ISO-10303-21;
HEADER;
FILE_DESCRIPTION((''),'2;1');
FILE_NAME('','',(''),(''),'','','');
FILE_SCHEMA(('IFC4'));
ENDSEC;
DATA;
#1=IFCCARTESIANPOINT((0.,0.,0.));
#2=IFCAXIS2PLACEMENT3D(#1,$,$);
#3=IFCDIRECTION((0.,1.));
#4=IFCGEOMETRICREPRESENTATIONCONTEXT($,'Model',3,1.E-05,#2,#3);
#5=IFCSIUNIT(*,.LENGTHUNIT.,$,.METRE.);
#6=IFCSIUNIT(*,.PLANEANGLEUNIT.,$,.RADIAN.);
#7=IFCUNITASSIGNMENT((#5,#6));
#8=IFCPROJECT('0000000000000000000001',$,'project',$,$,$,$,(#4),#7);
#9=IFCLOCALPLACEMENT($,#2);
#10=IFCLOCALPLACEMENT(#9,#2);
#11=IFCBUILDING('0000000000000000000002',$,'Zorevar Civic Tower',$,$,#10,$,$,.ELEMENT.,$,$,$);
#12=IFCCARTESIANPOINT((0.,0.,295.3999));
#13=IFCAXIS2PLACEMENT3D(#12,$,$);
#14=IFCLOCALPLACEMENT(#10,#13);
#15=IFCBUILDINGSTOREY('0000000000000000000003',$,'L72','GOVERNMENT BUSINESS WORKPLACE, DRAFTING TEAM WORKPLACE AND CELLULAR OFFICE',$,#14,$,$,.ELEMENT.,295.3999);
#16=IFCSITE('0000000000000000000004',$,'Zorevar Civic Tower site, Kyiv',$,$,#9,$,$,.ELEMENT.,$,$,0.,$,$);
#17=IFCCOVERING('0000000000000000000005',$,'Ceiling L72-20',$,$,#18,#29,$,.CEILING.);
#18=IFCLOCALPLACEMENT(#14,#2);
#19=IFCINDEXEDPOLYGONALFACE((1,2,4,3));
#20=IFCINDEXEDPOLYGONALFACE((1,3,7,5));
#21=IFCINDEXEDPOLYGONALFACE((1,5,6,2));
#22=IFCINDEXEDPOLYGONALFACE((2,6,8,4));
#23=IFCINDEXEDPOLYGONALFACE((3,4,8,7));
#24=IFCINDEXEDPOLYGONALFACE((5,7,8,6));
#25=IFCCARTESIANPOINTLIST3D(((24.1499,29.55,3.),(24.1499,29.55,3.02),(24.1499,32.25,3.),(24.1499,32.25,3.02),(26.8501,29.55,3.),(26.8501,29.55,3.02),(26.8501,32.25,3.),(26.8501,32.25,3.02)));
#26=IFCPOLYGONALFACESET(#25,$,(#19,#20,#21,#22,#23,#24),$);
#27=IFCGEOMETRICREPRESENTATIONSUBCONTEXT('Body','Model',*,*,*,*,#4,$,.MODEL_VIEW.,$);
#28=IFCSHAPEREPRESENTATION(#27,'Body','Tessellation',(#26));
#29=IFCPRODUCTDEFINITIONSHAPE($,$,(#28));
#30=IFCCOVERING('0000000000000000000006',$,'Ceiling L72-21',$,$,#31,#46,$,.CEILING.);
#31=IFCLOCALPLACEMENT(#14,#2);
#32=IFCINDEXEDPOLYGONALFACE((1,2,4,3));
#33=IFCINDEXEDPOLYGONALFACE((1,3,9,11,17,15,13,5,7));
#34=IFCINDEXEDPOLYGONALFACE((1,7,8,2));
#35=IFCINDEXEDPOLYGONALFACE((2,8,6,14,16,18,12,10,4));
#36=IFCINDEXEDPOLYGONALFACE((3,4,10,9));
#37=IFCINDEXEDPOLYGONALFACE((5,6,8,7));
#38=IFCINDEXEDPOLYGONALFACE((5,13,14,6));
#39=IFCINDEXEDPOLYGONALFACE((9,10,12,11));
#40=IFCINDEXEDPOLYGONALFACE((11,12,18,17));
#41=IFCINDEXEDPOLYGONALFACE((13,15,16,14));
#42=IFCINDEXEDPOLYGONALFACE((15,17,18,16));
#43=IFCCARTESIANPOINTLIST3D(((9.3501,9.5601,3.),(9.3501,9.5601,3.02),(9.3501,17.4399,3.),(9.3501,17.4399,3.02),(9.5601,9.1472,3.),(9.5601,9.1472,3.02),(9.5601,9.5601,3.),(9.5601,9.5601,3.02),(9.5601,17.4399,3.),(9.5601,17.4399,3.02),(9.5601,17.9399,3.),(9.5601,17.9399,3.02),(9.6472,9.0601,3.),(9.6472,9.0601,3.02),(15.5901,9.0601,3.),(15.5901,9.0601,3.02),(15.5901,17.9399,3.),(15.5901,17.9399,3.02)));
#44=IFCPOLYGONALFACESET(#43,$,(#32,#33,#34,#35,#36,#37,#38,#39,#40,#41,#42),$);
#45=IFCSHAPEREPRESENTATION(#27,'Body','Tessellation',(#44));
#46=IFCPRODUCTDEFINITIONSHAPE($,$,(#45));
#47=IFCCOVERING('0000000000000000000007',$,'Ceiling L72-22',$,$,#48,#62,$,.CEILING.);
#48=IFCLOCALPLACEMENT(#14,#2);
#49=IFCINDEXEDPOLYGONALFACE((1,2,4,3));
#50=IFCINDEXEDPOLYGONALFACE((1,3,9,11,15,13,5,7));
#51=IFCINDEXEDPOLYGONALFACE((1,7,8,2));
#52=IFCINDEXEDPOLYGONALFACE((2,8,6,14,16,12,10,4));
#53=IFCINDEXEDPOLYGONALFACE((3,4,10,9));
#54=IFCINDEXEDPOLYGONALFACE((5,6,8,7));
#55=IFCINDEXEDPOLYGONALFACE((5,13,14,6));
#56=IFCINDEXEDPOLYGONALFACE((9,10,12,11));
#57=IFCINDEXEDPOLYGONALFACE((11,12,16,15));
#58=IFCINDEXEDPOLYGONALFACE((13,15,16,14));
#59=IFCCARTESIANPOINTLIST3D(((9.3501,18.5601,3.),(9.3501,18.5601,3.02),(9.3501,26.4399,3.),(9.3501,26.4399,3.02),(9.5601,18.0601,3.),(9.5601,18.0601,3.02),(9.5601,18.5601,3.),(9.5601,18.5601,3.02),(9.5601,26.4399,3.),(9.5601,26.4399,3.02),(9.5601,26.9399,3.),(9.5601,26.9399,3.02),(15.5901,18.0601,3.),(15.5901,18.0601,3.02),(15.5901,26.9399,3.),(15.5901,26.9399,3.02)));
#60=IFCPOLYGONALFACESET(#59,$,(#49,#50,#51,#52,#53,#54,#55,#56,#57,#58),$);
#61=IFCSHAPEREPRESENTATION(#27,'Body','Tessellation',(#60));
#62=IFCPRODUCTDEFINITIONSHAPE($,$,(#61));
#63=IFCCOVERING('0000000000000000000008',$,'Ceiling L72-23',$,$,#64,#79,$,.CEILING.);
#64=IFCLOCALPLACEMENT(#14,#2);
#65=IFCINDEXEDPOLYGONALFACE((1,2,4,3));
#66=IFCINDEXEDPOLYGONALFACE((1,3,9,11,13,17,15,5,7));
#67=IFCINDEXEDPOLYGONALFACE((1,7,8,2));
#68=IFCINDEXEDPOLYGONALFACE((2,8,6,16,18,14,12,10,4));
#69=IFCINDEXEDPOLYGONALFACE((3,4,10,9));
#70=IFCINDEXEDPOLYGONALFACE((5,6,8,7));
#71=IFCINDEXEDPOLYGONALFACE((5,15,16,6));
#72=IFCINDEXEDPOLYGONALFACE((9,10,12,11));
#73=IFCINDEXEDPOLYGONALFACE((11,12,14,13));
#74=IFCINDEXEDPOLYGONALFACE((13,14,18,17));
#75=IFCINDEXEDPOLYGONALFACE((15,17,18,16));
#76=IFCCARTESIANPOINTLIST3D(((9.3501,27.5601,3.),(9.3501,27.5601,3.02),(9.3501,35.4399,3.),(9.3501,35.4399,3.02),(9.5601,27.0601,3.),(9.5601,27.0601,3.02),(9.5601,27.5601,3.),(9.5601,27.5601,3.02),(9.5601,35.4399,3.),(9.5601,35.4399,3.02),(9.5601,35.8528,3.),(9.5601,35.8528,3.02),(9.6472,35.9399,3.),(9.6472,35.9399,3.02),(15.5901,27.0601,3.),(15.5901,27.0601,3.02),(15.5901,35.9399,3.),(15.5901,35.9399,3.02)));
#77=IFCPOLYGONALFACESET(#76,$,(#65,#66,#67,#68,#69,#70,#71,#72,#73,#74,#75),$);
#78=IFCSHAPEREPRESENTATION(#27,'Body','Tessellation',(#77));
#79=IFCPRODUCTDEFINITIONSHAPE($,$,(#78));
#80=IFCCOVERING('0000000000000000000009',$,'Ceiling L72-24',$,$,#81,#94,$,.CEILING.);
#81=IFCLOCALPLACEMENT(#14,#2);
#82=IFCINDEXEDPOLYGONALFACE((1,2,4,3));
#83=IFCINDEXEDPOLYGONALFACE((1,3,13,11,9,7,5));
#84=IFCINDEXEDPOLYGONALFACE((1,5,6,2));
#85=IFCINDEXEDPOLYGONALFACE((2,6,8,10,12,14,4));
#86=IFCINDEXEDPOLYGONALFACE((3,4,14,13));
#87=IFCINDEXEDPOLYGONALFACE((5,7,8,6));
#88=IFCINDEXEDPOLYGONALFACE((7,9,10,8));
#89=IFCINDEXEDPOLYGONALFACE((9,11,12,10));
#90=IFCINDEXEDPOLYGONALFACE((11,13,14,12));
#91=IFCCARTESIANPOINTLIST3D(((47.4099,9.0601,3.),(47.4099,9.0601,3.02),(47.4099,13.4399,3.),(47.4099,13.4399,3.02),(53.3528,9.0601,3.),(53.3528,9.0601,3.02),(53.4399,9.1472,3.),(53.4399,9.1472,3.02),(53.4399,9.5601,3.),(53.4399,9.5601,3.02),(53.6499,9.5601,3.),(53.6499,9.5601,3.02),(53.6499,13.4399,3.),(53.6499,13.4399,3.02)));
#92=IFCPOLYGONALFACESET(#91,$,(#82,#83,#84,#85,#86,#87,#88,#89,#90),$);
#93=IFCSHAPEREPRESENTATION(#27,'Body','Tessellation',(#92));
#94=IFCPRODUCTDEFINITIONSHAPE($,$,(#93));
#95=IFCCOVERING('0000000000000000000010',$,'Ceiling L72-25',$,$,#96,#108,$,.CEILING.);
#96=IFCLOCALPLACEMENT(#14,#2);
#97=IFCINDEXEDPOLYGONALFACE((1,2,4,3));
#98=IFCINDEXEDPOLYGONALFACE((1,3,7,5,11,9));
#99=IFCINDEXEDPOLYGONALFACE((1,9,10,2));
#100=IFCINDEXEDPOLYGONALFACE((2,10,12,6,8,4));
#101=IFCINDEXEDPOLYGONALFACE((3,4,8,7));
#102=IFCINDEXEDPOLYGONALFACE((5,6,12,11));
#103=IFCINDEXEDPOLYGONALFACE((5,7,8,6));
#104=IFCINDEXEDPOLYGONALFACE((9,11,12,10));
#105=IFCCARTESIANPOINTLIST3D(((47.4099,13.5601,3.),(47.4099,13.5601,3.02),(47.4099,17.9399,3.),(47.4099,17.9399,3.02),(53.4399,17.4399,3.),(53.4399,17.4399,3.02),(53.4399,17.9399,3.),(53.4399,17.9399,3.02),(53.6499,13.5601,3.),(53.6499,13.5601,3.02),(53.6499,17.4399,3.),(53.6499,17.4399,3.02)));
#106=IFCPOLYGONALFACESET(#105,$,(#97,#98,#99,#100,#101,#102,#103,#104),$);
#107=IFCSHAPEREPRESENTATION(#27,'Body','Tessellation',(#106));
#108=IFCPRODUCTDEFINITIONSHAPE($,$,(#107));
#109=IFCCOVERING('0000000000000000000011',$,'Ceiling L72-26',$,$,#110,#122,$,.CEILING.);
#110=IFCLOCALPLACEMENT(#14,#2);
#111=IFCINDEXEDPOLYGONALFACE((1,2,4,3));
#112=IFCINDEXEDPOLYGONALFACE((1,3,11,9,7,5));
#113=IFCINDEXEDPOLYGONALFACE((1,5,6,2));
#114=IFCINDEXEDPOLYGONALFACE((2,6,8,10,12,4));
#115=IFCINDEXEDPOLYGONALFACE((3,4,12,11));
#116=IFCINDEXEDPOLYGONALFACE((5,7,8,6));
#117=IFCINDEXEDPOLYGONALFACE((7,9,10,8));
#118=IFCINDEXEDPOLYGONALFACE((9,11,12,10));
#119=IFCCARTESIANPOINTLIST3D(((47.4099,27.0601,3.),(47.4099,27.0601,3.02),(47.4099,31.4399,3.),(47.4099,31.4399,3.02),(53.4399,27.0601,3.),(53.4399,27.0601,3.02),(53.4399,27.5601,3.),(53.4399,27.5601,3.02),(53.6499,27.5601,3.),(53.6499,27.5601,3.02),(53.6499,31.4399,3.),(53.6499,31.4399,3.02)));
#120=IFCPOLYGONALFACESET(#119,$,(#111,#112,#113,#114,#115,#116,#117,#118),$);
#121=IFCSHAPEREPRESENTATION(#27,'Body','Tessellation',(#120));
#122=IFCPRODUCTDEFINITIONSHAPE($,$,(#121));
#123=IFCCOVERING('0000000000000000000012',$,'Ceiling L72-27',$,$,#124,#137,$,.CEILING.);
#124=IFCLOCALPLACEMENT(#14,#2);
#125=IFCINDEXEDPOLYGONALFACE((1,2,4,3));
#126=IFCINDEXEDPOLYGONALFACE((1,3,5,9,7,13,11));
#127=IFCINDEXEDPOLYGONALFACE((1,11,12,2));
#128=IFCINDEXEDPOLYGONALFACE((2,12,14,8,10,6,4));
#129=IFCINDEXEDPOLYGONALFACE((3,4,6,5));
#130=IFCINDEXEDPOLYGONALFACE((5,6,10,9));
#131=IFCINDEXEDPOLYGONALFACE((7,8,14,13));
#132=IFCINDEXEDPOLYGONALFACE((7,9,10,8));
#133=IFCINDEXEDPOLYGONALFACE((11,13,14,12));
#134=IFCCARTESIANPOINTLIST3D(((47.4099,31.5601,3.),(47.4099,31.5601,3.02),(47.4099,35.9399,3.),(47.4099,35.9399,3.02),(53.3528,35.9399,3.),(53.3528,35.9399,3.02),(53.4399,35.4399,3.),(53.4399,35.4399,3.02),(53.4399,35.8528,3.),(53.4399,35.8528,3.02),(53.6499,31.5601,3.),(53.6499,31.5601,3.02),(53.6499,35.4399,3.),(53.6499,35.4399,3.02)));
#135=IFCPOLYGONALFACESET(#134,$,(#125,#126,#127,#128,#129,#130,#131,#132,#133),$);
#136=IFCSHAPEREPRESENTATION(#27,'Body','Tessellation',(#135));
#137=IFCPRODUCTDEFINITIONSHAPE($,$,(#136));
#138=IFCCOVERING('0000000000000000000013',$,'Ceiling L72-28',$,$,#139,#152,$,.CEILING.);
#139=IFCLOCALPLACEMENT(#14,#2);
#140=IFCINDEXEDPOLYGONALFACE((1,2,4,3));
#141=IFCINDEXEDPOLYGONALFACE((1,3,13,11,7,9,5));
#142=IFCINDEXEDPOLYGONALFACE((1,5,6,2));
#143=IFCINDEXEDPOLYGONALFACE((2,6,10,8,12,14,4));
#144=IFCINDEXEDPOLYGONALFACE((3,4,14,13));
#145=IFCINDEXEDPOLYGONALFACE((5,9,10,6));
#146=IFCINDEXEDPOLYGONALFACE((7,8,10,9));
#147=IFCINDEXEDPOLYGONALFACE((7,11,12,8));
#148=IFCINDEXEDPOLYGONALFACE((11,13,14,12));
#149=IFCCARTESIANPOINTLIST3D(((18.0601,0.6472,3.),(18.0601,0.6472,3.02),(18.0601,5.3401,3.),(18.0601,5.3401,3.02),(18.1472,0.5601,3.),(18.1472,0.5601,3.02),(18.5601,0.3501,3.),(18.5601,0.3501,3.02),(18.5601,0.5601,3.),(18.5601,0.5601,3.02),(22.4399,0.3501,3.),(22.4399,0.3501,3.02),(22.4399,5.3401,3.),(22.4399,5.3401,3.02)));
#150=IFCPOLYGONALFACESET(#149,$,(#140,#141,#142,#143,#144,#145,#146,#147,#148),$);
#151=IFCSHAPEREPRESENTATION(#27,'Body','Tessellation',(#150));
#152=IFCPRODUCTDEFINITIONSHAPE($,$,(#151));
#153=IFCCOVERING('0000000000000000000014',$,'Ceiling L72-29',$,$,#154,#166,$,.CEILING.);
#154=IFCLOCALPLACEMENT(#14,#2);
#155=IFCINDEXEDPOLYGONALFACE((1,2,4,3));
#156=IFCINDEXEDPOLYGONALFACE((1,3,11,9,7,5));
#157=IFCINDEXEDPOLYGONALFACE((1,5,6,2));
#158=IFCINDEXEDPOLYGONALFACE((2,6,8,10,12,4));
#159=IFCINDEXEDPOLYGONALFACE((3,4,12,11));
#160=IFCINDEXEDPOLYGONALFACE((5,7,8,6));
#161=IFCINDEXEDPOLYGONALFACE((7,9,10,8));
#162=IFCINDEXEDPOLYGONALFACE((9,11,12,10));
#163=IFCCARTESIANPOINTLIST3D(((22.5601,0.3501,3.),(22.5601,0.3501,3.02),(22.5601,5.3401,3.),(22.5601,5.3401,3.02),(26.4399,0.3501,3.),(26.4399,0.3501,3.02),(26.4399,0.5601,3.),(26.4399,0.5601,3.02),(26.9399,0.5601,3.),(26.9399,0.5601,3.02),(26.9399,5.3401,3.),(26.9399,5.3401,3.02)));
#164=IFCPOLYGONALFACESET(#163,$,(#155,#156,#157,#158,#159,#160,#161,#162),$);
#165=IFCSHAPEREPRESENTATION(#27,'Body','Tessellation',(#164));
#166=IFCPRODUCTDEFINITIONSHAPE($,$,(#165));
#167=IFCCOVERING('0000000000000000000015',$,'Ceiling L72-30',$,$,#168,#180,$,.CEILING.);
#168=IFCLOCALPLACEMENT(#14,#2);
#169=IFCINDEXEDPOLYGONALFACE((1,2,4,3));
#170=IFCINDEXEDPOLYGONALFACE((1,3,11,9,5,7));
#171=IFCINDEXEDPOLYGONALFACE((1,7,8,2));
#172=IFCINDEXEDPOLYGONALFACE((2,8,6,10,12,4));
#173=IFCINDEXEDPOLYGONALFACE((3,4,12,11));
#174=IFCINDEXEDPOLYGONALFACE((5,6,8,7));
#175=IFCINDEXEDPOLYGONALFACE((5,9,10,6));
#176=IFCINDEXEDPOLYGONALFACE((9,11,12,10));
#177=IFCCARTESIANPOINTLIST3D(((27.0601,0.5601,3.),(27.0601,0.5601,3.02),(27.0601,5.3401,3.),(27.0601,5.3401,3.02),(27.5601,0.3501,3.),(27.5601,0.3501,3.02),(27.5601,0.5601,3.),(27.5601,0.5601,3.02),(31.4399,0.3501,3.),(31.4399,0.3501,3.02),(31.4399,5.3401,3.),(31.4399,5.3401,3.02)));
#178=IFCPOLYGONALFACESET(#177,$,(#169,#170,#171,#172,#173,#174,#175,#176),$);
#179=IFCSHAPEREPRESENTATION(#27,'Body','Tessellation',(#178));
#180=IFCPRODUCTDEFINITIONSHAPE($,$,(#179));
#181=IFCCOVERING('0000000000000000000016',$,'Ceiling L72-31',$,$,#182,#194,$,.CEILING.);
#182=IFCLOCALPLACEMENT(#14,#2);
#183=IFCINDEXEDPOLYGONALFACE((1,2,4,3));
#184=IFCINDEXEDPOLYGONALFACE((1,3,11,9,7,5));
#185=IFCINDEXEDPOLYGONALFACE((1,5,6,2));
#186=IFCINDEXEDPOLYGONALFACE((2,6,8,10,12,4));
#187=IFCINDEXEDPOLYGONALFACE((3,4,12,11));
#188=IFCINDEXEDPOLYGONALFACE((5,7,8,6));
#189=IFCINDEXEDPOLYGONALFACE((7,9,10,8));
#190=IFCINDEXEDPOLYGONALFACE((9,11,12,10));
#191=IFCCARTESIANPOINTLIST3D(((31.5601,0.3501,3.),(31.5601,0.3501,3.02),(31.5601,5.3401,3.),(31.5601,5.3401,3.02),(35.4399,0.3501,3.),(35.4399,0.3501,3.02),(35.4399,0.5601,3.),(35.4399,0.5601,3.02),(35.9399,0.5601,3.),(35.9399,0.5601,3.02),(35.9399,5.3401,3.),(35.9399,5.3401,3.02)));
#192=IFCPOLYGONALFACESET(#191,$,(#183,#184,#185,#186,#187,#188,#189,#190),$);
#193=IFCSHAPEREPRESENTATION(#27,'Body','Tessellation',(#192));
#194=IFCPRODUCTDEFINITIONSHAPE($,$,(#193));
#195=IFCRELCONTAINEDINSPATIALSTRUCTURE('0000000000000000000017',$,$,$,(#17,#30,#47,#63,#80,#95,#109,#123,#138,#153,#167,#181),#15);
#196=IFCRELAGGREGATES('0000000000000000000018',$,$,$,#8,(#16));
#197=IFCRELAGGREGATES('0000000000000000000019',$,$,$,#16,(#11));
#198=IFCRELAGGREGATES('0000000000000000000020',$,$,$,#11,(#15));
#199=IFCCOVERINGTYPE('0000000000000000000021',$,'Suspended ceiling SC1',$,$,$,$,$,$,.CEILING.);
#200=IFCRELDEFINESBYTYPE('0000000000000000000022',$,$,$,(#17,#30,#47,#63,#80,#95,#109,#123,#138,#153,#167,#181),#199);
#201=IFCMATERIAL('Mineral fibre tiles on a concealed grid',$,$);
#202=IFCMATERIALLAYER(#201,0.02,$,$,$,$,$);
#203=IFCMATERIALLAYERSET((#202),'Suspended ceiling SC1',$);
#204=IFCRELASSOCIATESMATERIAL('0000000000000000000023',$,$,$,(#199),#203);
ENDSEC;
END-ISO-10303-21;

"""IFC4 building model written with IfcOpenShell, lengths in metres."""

from ifc_helpers import new_model, si_unit, direction, frame, origin, place, context, subcontext, project, spatial, polyline, outline, extrude, material, layer, layer_set, type_object, element, save


model = new_model("IFC4")

# Units and contexts
model_context = context("Model", 3, precision=1e-05, world=origin(), true_north=direction((0.0, 1.0)))
body_context = subcontext(model_context, "Body", "Model", "MODEL_VIEW")
ifc_project = project(units=[si_unit("LENGTHUNIT", "METRE"), si_unit("PLANEANGLEUNIT", "RADIAN")], contexts=[model_context])

# Site, building, storey
site_placement = place(None, origin())
site = spatial("IfcSite", under=ifc_project, at=site_placement, Name="Zorevar Civic Tower site, Kyiv", CompositionType="ELEMENT", RefElevation=0.0)
building_placement = place(site_placement, origin())
building = spatial("IfcBuilding", under=site, at=building_placement, Name="Zorevar Civic Tower", CompositionType="ELEMENT")
storey_placement = place(building_placement, frame((0.0, 0.0, 295.3999)))
storey = spatial("IfcBuildingStorey", under=building, at=storey_placement, Name="L72", Description="GOVERNMENT BUSINESS WORKPLACE, DRAFTING TEAM WORKPLACE AND CELLULAR OFFICE", CompositionType="ELEMENT", Elevation=295.3999)

# Coverings
ifc_material_1 = material(Name="Mineral fibre tiles on a concealed grid")
ifc_layer_1 = layer(ifc_material_1, 0.02)
ifc_layer_set_1 = layer_set([ifc_layer_1], Name="Suspended ceiling SC1")
covering_type_1 = type_object("IfcCoveringType", Name="Suspended ceiling SC1", PredefinedType="CEILING", material=ifc_layer_set_1)
covering_1_placement = place(storey_placement, frame((0.0, 0.0, 3.0)))
element("IfcCovering", 1, at=covering_1_placement, inside=storey, type_object=covering_type_1, Name="Ceiling L72-20", PredefinedType="CEILING", context=body_context, shape_type="SweptSolid", body=[
    extrude(outline(polyline([(26.8501, 29.55), (26.8501, 32.25), (24.1499, 32.25), (24.1499, 29.55), (26.8501, 29.55)])), origin(), (0.0, 0.0, 1.0), 0.02),
])
covering_2_placement = place(storey_placement, frame((0.0, 0.0, 3.0)))
element("IfcCovering", 2, at=covering_2_placement, inside=storey, type_object=covering_type_1, Name="Ceiling L72-21", PredefinedType="CEILING", context=body_context, shape_type="SweptSolid", body=[
    extrude(outline(polyline([(9.3501, 9.5601), (9.3501, 17.4399), (9.5601, 17.4399), (9.5601, 17.9399), (15.5901, 17.9399), (15.5901, 9.0601), (9.6472, 9.0601), (9.5601, 9.1472), (9.5601, 9.5601), (9.3501, 9.5601)])), origin(), (0.0, 0.0, 1.0), 0.02),
])
covering_3_placement = place(storey_placement, frame((0.0, 0.0, 3.0)))
element("IfcCovering", 3, at=covering_3_placement, inside=storey, type_object=covering_type_1, Name="Ceiling L72-22", PredefinedType="CEILING", context=body_context, shape_type="SweptSolid", body=[
    extrude(outline(polyline([(9.5601, 18.5601), (9.3501, 18.5601), (9.3501, 26.4399), (9.5601, 26.4399), (9.5601, 26.9399), (15.5901, 26.9399), (15.5901, 18.0601), (9.5601, 18.0601), (9.5601, 18.5601)])), origin(), (0.0, 0.0, 1.0), 0.02),
])
covering_4_placement = place(storey_placement, frame((0.0, 0.0, 3.0)))
element("IfcCovering", 4, at=covering_4_placement, inside=storey, type_object=covering_type_1, Name="Ceiling L72-23", PredefinedType="CEILING", context=body_context, shape_type="SweptSolid", body=[
    extrude(outline(polyline([(9.3501, 27.5601), (9.3501, 35.4399), (9.5601, 35.4399), (9.5601, 35.8528), (9.6472, 35.9399), (15.5901, 35.9399), (15.5901, 27.0601), (9.5601, 27.0601), (9.5601, 27.5601), (9.3501, 27.5601)])), origin(), (0.0, 0.0, 1.0), 0.02),
])
covering_5_placement = place(storey_placement, frame((0.0, 0.0, 3.0)))
element("IfcCovering", 5, at=covering_5_placement, inside=storey, type_object=covering_type_1, Name="Ceiling L72-24", PredefinedType="CEILING", context=body_context, shape_type="SweptSolid", body=[
    extrude(outline(polyline([(53.6499, 13.4399), (53.6499, 9.5601), (53.4399, 9.5601), (53.4399, 9.1472), (53.3528, 9.0601), (47.4099, 9.0601), (47.4099, 13.4399), (53.6499, 13.4399)])), origin(), (0.0, 0.0, 1.0), 0.02),
])
covering_6_placement = place(storey_placement, frame((0.0, 0.0, 3.0)))
element("IfcCovering", 6, at=covering_6_placement, inside=storey, type_object=covering_type_1, Name="Ceiling L72-25", PredefinedType="CEILING", context=body_context, shape_type="SweptSolid", body=[
    extrude(outline(polyline([(47.4099, 17.9399), (53.4399, 17.9399), (53.4399, 17.4399), (53.6499, 17.4399), (53.6499, 13.5601), (47.4099, 13.5601), (47.4099, 17.9399)])), origin(), (0.0, 0.0, 1.0), 0.02),
])
covering_7_placement = place(storey_placement, frame((0.0, 0.0, 3.0)))
element("IfcCovering", 7, at=covering_7_placement, inside=storey, type_object=covering_type_1, Name="Ceiling L72-26", PredefinedType="CEILING", context=body_context, shape_type="SweptSolid", body=[
    extrude(outline(polyline([(47.4099, 31.4399), (53.6499, 31.4399), (53.6499, 27.5601), (53.4399, 27.5601), (53.4399, 27.0601), (47.4099, 27.0601), (47.4099, 31.4399)])), origin(), (0.0, 0.0, 1.0), 0.02),
])
covering_8_placement = place(storey_placement, frame((0.0, 0.0, 3.0)))
element("IfcCovering", 8, at=covering_8_placement, inside=storey, type_object=covering_type_1, Name="Ceiling L72-27", PredefinedType="CEILING", context=body_context, shape_type="SweptSolid", body=[
    extrude(outline(polyline([(53.3528, 35.9399), (53.4399, 35.8528), (53.4399, 35.4399), (53.6499, 35.4399), (53.6499, 31.5601), (47.4099, 31.5601), (47.4099, 35.9399), (53.3528, 35.9399)])), origin(), (0.0, 0.0, 1.0), 0.02),
])
covering_9_placement = place(storey_placement, frame((0.0, 0.0, 3.0)))
element("IfcCovering", 9, at=covering_9_placement, inside=storey, type_object=covering_type_1, Name="Ceiling L72-28", PredefinedType="CEILING", context=body_context, shape_type="SweptSolid", body=[
    extrude(outline(polyline([(22.4399, 0.3501), (18.5601, 0.3501), (18.5601, 0.5601), (18.1472, 0.5601), (18.0601, 0.6472), (18.0601, 5.3401), (22.4399, 5.3401), (22.4399, 0.3501)])), origin(), (0.0, 0.0, 1.0), 0.02),
])
covering_10_placement = place(storey_placement, frame((0.0, 0.0, 3.0)))
element("IfcCovering", 10, at=covering_10_placement, inside=storey, type_object=covering_type_1, Name="Ceiling L72-29", PredefinedType="CEILING", context=body_context, shape_type="SweptSolid", body=[
    extrude(outline(polyline([(26.9399, 5.3401), (26.9399, 0.5601), (26.4399, 0.5601), (26.4399, 0.3501), (22.5601, 0.3501), (22.5601, 5.3401), (26.9399, 5.3401)])), origin(), (0.0, 0.0, 1.0), 0.02),
])
covering_11_placement = place(storey_placement, frame((0.0, 0.0, 3.0)))
element("IfcCovering", 11, at=covering_11_placement, inside=storey, type_object=covering_type_1, Name="Ceiling L72-30", PredefinedType="CEILING", context=body_context, shape_type="SweptSolid", body=[
    extrude(outline(polyline([(31.4399, 5.3401), (31.4399, 0.3501), (27.5601, 0.3501), (27.5601, 0.5601), (27.0601, 0.5601), (27.0601, 5.3401), (31.4399, 5.3401)])), origin(), (0.0, 0.0, 1.0), 0.02),
])
covering_12_placement = place(storey_placement, frame((0.0, 0.0, 3.0)))
element("IfcCovering", 12, at=covering_12_placement, inside=storey, type_object=covering_type_1, Name="Ceiling L72-31", PredefinedType="CEILING", context=body_context, shape_type="SweptSolid", body=[
    extrude(outline(polyline([(35.9399, 5.3401), (35.9399, 0.5601), (35.4399, 0.5601), (35.4399, 0.3501), (31.5601, 0.3501), (31.5601, 5.3401), (35.9399, 5.3401)])), origin(), (0.0, 0.0, 1.0), 0.02),
])

save(model, "model.ifc")
